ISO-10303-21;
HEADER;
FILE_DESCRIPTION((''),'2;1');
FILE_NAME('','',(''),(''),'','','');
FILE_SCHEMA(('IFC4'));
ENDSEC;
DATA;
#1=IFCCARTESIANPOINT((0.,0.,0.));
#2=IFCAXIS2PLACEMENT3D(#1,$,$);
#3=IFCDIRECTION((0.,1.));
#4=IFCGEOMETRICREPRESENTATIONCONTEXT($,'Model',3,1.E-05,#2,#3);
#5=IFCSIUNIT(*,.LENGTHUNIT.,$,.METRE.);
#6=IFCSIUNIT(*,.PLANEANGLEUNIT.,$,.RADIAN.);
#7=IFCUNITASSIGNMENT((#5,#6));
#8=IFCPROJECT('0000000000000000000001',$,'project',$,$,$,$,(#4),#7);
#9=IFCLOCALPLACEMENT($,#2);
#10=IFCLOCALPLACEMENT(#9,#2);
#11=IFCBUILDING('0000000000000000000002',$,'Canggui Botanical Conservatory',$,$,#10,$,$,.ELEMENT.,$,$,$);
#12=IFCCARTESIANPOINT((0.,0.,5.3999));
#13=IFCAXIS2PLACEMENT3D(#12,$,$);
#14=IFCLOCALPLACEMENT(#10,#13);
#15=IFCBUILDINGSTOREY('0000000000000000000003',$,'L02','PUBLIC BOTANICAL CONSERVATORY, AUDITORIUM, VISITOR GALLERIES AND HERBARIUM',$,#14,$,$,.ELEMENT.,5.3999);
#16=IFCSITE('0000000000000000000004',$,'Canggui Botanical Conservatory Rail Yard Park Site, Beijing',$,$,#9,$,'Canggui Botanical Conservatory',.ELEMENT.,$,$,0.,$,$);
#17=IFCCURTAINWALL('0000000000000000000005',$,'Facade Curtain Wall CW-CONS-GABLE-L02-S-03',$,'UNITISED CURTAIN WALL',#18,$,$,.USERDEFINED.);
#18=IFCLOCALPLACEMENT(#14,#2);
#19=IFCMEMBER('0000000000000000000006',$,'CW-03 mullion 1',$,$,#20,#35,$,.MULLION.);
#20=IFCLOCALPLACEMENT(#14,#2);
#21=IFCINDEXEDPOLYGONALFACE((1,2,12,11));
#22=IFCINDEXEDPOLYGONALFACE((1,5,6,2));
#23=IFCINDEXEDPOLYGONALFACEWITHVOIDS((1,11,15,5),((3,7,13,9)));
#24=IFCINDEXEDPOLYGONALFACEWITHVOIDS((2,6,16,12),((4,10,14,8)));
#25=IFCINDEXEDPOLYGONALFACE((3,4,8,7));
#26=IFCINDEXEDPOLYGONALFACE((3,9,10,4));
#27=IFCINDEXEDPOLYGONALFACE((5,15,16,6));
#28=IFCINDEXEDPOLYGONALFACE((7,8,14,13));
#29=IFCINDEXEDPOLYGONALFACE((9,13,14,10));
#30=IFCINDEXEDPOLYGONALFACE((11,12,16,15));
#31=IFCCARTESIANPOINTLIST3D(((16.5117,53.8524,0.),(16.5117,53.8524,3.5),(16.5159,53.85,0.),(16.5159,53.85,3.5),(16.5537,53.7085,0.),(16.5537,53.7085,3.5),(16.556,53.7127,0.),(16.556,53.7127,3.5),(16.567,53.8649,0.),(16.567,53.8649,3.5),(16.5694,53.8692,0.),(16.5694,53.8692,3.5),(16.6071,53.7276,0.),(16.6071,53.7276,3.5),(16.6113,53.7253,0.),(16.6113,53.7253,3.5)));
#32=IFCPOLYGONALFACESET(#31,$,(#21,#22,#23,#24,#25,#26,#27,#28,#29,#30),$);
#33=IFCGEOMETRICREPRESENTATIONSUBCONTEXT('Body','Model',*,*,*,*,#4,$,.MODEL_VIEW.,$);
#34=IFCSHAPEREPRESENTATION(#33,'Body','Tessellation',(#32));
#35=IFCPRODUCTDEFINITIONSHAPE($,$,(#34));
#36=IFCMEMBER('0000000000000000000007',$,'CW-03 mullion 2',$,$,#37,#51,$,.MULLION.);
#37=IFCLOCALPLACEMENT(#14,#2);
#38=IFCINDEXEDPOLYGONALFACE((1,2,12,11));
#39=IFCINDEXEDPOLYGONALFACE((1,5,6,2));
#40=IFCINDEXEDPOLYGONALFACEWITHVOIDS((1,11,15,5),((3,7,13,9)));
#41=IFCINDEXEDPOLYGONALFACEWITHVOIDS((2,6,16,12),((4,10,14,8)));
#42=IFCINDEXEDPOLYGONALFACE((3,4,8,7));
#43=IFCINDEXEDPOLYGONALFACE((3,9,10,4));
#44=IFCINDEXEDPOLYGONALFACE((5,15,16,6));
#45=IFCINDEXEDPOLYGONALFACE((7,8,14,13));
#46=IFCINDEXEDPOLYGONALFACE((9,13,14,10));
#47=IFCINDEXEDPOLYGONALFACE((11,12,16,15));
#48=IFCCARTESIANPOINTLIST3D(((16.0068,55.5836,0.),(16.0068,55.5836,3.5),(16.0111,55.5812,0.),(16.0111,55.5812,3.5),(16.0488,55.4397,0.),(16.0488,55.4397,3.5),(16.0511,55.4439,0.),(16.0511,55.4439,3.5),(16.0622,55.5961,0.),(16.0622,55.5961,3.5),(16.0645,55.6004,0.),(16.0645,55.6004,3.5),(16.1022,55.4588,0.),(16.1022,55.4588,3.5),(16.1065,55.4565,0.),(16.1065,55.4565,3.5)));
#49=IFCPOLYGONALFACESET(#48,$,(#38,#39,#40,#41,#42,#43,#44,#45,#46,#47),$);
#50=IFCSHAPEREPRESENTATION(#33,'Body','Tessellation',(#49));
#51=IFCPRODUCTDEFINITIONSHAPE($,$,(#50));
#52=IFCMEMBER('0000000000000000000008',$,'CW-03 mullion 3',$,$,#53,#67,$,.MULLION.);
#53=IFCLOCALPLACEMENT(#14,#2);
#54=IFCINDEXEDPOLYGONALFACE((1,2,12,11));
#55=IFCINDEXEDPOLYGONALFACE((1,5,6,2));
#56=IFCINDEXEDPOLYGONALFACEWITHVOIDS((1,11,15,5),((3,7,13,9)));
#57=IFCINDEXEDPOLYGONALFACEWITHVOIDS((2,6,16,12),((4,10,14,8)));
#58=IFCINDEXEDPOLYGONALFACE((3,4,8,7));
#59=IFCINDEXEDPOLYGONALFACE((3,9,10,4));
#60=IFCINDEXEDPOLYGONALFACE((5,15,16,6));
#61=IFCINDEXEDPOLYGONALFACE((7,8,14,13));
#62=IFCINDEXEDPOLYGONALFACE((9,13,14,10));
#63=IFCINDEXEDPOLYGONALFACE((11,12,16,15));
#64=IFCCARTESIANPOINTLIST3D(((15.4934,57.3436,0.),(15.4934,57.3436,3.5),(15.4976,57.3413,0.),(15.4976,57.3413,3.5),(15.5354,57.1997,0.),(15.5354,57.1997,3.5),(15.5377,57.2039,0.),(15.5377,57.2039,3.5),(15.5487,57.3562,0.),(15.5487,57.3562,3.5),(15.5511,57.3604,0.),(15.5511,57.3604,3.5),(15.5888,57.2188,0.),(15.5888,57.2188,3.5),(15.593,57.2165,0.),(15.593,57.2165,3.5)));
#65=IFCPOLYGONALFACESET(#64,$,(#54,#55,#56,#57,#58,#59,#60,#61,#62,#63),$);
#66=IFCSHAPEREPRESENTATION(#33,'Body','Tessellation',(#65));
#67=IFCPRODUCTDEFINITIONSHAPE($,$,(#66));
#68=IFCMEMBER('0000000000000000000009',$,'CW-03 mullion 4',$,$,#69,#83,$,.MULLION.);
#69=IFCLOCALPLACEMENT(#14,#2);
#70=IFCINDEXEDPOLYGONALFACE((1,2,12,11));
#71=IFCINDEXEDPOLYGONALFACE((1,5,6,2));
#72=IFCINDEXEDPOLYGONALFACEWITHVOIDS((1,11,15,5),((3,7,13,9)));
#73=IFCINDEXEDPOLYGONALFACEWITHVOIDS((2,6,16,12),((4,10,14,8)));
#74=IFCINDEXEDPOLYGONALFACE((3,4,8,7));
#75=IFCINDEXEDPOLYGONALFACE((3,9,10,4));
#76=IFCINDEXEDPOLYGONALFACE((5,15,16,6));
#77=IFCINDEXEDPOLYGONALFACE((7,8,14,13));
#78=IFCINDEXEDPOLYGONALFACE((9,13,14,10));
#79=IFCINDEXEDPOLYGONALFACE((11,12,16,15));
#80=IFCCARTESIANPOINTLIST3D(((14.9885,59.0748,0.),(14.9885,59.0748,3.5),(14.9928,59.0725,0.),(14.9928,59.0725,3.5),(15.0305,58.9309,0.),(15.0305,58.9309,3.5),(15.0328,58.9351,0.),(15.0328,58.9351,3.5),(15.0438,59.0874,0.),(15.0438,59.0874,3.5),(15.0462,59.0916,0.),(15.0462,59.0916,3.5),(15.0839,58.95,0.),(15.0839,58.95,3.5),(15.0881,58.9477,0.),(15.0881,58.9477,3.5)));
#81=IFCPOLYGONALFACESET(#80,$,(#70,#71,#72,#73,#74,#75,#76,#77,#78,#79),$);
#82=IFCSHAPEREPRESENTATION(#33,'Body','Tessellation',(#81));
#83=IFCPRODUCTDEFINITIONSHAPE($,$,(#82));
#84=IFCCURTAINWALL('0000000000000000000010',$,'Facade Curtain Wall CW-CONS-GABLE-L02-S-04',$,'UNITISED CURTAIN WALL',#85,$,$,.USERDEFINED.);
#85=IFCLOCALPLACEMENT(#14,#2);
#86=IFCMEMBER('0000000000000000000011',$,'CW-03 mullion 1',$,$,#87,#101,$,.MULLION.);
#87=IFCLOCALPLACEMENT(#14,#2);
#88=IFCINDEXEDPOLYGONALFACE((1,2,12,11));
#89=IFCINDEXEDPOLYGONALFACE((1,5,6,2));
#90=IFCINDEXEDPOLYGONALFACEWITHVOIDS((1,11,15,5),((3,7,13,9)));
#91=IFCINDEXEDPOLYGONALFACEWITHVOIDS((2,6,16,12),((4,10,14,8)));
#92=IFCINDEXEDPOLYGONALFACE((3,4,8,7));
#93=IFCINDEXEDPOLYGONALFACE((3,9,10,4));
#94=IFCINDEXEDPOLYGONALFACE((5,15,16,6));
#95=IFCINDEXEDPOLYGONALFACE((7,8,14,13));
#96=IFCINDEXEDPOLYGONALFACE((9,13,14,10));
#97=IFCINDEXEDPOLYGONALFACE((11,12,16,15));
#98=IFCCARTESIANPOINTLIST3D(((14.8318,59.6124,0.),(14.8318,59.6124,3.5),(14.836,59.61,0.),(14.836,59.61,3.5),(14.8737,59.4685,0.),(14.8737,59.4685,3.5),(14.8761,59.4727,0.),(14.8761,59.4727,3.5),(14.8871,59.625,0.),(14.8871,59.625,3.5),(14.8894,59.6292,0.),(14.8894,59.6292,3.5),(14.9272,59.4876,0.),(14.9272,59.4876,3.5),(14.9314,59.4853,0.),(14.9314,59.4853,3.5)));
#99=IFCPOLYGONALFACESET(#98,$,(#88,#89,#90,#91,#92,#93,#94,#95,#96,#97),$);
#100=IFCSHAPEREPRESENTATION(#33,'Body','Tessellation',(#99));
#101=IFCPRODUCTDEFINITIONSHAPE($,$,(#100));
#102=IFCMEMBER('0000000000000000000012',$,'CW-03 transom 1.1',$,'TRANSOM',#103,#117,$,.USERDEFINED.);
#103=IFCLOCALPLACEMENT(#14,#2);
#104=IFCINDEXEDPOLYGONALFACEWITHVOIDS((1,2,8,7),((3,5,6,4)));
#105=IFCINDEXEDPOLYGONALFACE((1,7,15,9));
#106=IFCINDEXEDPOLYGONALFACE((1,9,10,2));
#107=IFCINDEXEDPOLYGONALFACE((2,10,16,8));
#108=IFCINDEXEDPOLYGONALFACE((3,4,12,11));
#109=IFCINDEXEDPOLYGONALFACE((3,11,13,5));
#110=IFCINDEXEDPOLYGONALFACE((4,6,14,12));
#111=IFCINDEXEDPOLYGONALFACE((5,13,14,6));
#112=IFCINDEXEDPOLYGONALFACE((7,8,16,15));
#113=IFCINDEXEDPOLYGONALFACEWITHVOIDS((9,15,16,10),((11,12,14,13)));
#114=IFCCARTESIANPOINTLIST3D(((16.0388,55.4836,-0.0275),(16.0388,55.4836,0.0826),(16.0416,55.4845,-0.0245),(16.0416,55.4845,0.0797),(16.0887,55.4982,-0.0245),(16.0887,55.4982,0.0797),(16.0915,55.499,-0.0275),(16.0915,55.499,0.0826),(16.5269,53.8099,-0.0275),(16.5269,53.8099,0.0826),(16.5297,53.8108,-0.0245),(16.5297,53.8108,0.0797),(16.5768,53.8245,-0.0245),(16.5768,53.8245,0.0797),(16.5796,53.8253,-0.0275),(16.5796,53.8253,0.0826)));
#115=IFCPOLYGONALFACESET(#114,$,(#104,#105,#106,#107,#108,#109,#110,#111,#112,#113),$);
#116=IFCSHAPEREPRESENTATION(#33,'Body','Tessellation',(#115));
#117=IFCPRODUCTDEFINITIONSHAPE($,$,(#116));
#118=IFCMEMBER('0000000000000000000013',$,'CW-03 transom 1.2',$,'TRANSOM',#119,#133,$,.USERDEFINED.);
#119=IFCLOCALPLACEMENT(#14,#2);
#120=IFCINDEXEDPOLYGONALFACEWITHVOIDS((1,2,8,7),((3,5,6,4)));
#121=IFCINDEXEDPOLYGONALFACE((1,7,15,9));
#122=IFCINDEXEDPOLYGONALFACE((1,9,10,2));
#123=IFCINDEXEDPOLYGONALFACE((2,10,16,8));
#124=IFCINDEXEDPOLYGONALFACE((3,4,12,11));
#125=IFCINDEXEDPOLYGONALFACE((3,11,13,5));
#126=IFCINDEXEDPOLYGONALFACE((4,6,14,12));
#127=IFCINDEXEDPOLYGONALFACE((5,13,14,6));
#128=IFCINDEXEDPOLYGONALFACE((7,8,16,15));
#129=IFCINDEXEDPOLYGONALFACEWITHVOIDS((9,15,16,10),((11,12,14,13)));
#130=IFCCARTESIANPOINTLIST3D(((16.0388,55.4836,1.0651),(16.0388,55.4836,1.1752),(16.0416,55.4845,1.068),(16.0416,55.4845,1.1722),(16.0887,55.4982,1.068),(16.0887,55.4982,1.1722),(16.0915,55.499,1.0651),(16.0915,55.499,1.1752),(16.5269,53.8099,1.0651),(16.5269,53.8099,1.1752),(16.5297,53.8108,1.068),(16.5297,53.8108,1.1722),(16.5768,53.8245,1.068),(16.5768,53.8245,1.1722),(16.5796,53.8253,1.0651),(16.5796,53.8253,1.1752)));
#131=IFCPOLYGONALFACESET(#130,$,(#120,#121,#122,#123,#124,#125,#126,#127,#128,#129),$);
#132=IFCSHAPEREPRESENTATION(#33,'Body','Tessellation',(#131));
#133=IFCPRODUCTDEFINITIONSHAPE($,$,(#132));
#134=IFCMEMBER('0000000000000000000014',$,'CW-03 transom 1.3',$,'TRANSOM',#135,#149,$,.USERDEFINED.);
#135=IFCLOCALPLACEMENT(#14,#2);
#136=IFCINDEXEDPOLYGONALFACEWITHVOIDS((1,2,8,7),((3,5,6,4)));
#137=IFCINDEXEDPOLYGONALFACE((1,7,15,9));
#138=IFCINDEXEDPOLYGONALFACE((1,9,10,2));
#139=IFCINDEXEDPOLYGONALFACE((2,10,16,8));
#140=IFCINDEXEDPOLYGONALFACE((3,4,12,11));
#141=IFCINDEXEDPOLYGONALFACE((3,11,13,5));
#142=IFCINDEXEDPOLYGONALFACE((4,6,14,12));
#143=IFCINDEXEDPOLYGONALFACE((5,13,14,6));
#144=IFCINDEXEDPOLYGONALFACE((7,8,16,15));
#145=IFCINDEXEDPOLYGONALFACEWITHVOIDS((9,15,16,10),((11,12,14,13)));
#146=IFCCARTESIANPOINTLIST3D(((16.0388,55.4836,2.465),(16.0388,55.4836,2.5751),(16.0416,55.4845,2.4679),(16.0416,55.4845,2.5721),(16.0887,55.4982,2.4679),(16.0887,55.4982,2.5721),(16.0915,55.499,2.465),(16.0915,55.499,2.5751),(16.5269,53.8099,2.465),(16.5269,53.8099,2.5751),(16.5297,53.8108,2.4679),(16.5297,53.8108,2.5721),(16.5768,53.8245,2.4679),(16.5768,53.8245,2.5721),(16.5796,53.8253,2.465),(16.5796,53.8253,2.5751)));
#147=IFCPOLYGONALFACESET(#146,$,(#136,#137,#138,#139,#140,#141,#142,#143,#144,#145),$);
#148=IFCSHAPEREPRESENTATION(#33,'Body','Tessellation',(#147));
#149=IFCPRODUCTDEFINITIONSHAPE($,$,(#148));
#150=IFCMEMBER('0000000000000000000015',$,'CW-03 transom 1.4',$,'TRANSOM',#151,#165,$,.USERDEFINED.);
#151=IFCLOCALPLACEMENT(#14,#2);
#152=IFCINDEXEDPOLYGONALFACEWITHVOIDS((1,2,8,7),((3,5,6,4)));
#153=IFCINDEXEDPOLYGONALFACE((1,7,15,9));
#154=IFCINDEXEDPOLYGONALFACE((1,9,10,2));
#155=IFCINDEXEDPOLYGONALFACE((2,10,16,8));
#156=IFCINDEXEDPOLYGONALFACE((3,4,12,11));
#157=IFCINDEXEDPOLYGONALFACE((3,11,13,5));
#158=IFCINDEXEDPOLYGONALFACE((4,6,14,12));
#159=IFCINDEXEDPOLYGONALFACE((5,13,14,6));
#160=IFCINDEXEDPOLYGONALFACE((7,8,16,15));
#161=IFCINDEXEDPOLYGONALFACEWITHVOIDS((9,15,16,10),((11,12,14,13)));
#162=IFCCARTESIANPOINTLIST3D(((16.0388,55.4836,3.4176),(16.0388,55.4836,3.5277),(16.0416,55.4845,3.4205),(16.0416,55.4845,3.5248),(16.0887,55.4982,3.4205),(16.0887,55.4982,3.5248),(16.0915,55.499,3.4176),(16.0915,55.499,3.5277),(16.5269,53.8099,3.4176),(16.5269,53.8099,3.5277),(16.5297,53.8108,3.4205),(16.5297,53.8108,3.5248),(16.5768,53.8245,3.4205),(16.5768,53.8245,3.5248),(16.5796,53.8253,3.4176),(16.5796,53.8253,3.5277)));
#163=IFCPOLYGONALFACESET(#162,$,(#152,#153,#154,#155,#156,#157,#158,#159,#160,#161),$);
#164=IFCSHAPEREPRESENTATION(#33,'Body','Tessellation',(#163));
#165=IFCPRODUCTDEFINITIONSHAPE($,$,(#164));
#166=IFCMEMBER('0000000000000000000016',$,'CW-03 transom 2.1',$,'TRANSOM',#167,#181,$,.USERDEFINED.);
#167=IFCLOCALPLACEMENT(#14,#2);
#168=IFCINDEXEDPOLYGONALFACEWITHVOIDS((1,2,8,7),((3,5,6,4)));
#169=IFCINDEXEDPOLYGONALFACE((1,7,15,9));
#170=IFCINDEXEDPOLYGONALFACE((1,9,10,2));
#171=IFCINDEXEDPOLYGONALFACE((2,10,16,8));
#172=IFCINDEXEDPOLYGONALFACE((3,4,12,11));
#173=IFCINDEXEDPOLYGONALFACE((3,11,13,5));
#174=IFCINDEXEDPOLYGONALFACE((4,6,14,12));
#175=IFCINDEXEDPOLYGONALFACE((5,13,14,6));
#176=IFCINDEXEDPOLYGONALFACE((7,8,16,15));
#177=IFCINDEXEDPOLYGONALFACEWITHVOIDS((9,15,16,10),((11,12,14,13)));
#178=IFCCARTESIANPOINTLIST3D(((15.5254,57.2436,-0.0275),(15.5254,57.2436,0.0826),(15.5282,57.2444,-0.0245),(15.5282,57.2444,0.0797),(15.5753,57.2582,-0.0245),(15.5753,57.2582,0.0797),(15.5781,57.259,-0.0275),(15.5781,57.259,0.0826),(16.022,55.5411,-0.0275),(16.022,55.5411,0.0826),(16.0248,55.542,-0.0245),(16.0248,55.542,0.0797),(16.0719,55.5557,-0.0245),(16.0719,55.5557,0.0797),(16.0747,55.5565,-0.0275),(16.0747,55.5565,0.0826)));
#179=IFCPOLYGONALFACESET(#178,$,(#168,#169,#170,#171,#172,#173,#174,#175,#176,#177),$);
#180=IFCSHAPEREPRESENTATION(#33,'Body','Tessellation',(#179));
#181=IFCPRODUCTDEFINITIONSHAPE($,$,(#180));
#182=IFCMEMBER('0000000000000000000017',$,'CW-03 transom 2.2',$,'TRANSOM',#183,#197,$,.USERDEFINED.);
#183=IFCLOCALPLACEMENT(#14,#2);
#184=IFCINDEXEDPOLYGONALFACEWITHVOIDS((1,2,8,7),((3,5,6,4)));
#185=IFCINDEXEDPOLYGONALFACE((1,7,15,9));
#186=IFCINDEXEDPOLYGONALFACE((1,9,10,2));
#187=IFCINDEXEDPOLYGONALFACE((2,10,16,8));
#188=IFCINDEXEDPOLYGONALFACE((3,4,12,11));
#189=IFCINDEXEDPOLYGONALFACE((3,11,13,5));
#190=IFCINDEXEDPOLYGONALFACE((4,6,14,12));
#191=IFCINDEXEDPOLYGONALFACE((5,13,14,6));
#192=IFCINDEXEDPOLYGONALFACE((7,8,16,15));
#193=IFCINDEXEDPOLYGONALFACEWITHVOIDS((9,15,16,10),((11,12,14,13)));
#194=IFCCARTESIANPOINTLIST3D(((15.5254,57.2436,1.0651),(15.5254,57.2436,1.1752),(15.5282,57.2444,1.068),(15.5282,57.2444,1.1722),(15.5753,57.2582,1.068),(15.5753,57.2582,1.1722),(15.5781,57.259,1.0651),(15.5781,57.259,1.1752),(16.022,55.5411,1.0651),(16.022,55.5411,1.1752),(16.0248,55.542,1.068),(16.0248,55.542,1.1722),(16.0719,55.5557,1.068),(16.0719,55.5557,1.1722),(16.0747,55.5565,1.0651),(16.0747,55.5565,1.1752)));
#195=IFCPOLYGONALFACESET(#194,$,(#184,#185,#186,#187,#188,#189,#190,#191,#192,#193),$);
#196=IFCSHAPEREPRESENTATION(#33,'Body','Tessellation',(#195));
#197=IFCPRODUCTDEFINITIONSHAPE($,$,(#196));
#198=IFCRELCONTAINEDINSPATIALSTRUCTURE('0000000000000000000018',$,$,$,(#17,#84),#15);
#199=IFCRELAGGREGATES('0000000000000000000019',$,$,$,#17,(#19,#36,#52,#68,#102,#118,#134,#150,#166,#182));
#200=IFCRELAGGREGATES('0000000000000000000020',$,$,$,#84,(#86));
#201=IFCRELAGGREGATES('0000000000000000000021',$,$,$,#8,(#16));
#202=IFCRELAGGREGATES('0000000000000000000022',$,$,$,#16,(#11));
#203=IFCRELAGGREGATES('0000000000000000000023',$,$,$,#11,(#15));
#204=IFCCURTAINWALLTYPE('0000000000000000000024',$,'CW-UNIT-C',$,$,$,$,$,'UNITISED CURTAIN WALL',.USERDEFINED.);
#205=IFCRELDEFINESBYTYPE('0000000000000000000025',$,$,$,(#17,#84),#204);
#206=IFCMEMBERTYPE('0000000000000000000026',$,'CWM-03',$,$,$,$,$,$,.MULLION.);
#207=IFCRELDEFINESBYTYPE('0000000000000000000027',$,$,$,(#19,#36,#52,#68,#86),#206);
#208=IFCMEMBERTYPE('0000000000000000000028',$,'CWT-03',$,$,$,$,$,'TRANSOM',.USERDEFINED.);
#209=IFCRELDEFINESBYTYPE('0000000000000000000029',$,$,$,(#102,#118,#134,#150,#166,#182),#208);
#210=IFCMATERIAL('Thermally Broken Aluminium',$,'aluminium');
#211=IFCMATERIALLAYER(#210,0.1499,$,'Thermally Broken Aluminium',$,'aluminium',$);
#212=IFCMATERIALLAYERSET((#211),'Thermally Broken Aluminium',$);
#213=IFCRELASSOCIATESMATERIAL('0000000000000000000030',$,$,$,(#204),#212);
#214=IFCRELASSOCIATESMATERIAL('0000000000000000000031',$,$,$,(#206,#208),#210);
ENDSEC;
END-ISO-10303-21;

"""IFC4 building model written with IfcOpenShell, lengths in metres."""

from ifc_helpers import new_model, si_unit, direction, frame, origin, origin_2d, place, context, subcontext, project, spatial, hollow_rectangle, extrude, material, layer, layer_set, material_profile, profile_set, type_object, element, aggregate, save


model = new_model("IFC4")

# Units and contexts
model_context = context("Model", 3, precision=1e-05, world=origin(), true_north=direction((0.0, 1.0)))
body_context = subcontext(model_context, "Body", "Model", "MODEL_VIEW")
ifc_project = project(units=[si_unit("LENGTHUNIT", "METRE"), si_unit("PLANEANGLEUNIT", "RADIAN")], contexts=[model_context])

# Site, building, storey
site_placement = place(None, origin())
site = spatial("IfcSite", under=ifc_project, at=site_placement, Name="Canggui Botanical Conservatory Rail Yard Park Site, Beijing", LongName="Canggui Botanical Conservatory", CompositionType="ELEMENT", RefElevation=0.0)
building_placement = place(site_placement, origin())
building = spatial("IfcBuilding", under=site, at=building_placement, Name="Canggui Botanical Conservatory", CompositionType="ELEMENT")
storey_placement = place(building_placement, frame((0.0, 0.0, 5.3999)))
storey = spatial("IfcBuildingStorey", under=building, at=storey_placement, Name="L02", Description="PUBLIC BOTANICAL CONSERVATORY, AUDITORIUM, VISITOR GALLERIES AND HERBARIUM", CompositionType="ELEMENT", Elevation=5.3999)

# Curtain wall, members
ifc_material_1 = material(Name="Thermally Broken Aluminium", Category="aluminium")
ifc_layer_1 = layer(ifc_material_1, 0.1499, Name="Thermally Broken Aluminium", Category="aluminium")
ifc_layer_set_1 = layer_set([ifc_layer_1], Name="Thermally Broken Aluminium")
curtain_wall_type = type_object("IfcCurtainWallType", Name="CW-UNIT-C", ElementType="UNITISED CURTAIN WALL", PredefinedType="USERDEFINED", material=ifc_layer_set_1)
curtain_wall_1_placement = place(storey_placement, origin())
curtain_wall_1 = element("IfcCurtainWall", 1, at=curtain_wall_1_placement, inside=storey, type_object=curtain_wall_type, Name="Facade Curtain Wall CW-CONS-GABLE-L02-S-03", ObjectType="UNITISED CURTAIN WALL", PredefinedType="USERDEFINED")
ifc_material_profile_1 = material_profile(ifc_material_1, hollow_rectangle(XDim=0.0601, YDim=0.1499, WallThickness=0.0034, at=origin_2d()), Name="CWM 60x150x3.5")
ifc_profile_set_1 = profile_set([ifc_material_profile_1], Name="Thermally Broken Aluminium")
member_type_1 = type_object("IfcMemberType", Name="CWM-03", PredefinedType="MULLION", material=ifc_profile_set_1)
member_1_placement = place(storey_placement, frame((16.5615, 53.7888, 0.0), z_axis=(0.0, 0.0, 1.0), x_axis=(-0.96, -0.28, 0.0)))
member_1 = element("IfcMember", 2, at=member_1_placement, type_object=member_type_1, Name="CW-03 mullion 1", PredefinedType="MULLION", context=body_context, shape_type="SweptSolid", body=[
    extrude(hollow_rectangle(XDim=0.0601, YDim=0.1499, WallThickness=0.0034, at=origin_2d()), origin(), (0.0, 0.0, 1.0), 3.5),
])
member_2_placement = place(storey_placement, frame((16.0566, 55.52, 0.0), z_axis=(0.0, 0.0, 1.0), x_axis=(-0.96, -0.28, 0.0)))
member_2 = element("IfcMember", 3, at=member_2_placement, type_object=member_type_1, Name="CW-03 mullion 2", PredefinedType="MULLION", context=body_context, shape_type="SweptSolid", body=[
    extrude(hollow_rectangle(XDim=0.0601, YDim=0.1499, WallThickness=0.0034, at=origin_2d()), origin(), (0.0, 0.0, 1.0), 3.5),
])
member_3_placement = place(storey_placement, frame((15.5432, 57.28, 0.0), z_axis=(0.0, 0.0, 1.0), x_axis=(-0.96, -0.28, 0.0)))
member_3 = element("IfcMember", 4, at=member_3_placement, type_object=member_type_1, Name="CW-03 mullion 3", PredefinedType="MULLION", context=body_context, shape_type="SweptSolid", body=[
    extrude(hollow_rectangle(XDim=0.0601, YDim=0.1499, WallThickness=0.0034, at=origin_2d()), origin(), (0.0, 0.0, 1.0), 3.5),
])
member_4_placement = place(storey_placement, frame((15.0383, 59.0112, 0.0), z_axis=(0.0, 0.0, 1.0), x_axis=(-0.96, -0.28, 0.0)))
member_4 = element("IfcMember", 5, at=member_4_placement, type_object=member_type_1, Name="CW-03 mullion 4", PredefinedType="MULLION", context=body_context, shape_type="SweptSolid", body=[
    extrude(hollow_rectangle(XDim=0.0601, YDim=0.1499, WallThickness=0.0034, at=origin_2d()), origin(), (0.0, 0.0, 1.0), 3.5),
])

# Curtain wall, member
curtain_wall_2_placement = place(storey_placement, origin())
curtain_wall_2 = element("IfcCurtainWall", 6, at=curtain_wall_2_placement, inside=storey, type_object=curtain_wall_type, Name="Facade Curtain Wall CW-CONS-GABLE-L02-S-04", ObjectType="UNITISED CURTAIN WALL", PredefinedType="USERDEFINED")
member_5_placement = place(storey_placement, frame((14.8816, 59.5488, 0.0), z_axis=(0.0, 0.0, 1.0), x_axis=(-0.96, -0.28, 0.0)))
member_5 = element("IfcMember", 7, at=member_5_placement, type_object=member_type_1, Name="CW-03 mullion 1", PredefinedType="MULLION", context=body_context, shape_type="SweptSolid", body=[
    extrude(hollow_rectangle(XDim=0.0601, YDim=0.1499, WallThickness=0.0034, at=origin_2d()), origin(), (0.0, 0.0, 1.0), 3.5),
])

# Members
ifc_material_profile_2 = material_profile(ifc_material_1, hollow_rectangle(XDim=0.0549, YDim=0.1101, WallThickness=0.0029, at=origin_2d()), Name="CWT 55x110x3")
ifc_profile_set_2 = profile_set([ifc_material_profile_2], Name="Thermally Broken Aluminium")
member_type_2 = type_object("IfcMemberType", Name="CWT-03", ElementType="TRANSOM", PredefinedType="USERDEFINED", material=ifc_profile_set_2)
member_6_placement = place(storey_placement, frame((16.5532, 53.8176, 0.0276), z_axis=(-0.279952, 0.960014, 0.0), x_axis=(-0.960014, -0.279952, 0.0)))
member_6 = element("IfcMember", 8, at=member_6_placement, type_object=member_type_2, Name="CW-03 transom 1.1", ObjectType="TRANSOM", PredefinedType="USERDEFINED", context=body_context, shape_type="SweptSolid", body=[
    extrude(hollow_rectangle(XDim=0.0549, YDim=0.1101, WallThickness=0.0029, at=origin_2d()), origin(), (0.0, 0.0, 1.0), 1.7434),
])
member_7_placement = place(storey_placement, frame((16.5532, 53.8176, 1.1201), z_axis=(-0.279952, 0.960014, 0.0), x_axis=(-0.960014, -0.279952, 0.0)))
member_7 = element("IfcMember", 9, at=member_7_placement, type_object=member_type_2, Name="CW-03 transom 1.2", ObjectType="TRANSOM", PredefinedType="USERDEFINED", context=body_context, shape_type="SweptSolid", body=[
    extrude(hollow_rectangle(XDim=0.0549, YDim=0.1101, WallThickness=0.0029, at=origin_2d()), origin(), (0.0, 0.0, 1.0), 1.7434),
])
member_8_placement = place(storey_placement, frame((16.5532, 53.8176, 2.52), z_axis=(-0.279952, 0.960014, 0.0), x_axis=(-0.960014, -0.279952, 0.0)))
member_8 = element("IfcMember", 10, at=member_8_placement, type_object=member_type_2, Name="CW-03 transom 1.3", ObjectType="TRANSOM", PredefinedType="USERDEFINED", context=body_context, shape_type="SweptSolid", body=[
    extrude(hollow_rectangle(XDim=0.0549, YDim=0.1101, WallThickness=0.0029, at=origin_2d()), origin(), (0.0, 0.0, 1.0), 1.7434),
])
member_9_placement = place(storey_placement, frame((16.5532, 53.8176, 3.4727), z_axis=(-0.279952, 0.960014, 0.0), x_axis=(-0.960014, -0.279952, 0.0)))
member_9 = element("IfcMember", 11, at=member_9_placement, type_object=member_type_2, Name="CW-03 transom 1.4", ObjectType="TRANSOM", PredefinedType="USERDEFINED", context=body_context, shape_type="SweptSolid", body=[
    extrude(hollow_rectangle(XDim=0.0549, YDim=0.1101, WallThickness=0.0029, at=origin_2d()), origin(), (0.0, 0.0, 1.0), 1.7434),
])
member_10_placement = place(storey_placement, frame((16.0483, 55.5488, 0.0276), z_axis=(-0.280026, 0.959992, 0.0), x_axis=(-0.959992, -0.280026, 0.0)))
member_10 = element("IfcMember", 12, at=member_10_placement, type_object=member_type_2, Name="CW-03 transom 2.1", ObjectType="TRANSOM", PredefinedType="USERDEFINED", context=body_context, shape_type="SweptSolid", body=[
    extrude(hollow_rectangle(XDim=0.0549, YDim=0.1101, WallThickness=0.0029, at=origin_2d()), origin(), (0.0, 0.0, 1.0), 1.7734),
])
member_11_placement = place(storey_placement, frame((16.0483, 55.5488, 1.1201), z_axis=(-0.280026, 0.959992, 0.0), x_axis=(-0.959992, -0.280026, 0.0)))
member_11 = element("IfcMember", 13, at=member_11_placement, type_object=member_type_2, Name="CW-03 transom 2.2", ObjectType="TRANSOM", PredefinedType="USERDEFINED", context=body_context, shape_type="SweptSolid", body=[
    extrude(hollow_rectangle(XDim=0.0549, YDim=0.1101, WallThickness=0.0029, at=origin_2d()), origin(), (0.0, 0.0, 1.0), 1.7734),
])

aggregate(curtain_wall_1, [member_1, member_2, member_3, member_4, member_6, member_7, member_8, member_9, member_10, member_11])
aggregate(curtain_wall_2, [member_5])

save(model, "model.ifc")
